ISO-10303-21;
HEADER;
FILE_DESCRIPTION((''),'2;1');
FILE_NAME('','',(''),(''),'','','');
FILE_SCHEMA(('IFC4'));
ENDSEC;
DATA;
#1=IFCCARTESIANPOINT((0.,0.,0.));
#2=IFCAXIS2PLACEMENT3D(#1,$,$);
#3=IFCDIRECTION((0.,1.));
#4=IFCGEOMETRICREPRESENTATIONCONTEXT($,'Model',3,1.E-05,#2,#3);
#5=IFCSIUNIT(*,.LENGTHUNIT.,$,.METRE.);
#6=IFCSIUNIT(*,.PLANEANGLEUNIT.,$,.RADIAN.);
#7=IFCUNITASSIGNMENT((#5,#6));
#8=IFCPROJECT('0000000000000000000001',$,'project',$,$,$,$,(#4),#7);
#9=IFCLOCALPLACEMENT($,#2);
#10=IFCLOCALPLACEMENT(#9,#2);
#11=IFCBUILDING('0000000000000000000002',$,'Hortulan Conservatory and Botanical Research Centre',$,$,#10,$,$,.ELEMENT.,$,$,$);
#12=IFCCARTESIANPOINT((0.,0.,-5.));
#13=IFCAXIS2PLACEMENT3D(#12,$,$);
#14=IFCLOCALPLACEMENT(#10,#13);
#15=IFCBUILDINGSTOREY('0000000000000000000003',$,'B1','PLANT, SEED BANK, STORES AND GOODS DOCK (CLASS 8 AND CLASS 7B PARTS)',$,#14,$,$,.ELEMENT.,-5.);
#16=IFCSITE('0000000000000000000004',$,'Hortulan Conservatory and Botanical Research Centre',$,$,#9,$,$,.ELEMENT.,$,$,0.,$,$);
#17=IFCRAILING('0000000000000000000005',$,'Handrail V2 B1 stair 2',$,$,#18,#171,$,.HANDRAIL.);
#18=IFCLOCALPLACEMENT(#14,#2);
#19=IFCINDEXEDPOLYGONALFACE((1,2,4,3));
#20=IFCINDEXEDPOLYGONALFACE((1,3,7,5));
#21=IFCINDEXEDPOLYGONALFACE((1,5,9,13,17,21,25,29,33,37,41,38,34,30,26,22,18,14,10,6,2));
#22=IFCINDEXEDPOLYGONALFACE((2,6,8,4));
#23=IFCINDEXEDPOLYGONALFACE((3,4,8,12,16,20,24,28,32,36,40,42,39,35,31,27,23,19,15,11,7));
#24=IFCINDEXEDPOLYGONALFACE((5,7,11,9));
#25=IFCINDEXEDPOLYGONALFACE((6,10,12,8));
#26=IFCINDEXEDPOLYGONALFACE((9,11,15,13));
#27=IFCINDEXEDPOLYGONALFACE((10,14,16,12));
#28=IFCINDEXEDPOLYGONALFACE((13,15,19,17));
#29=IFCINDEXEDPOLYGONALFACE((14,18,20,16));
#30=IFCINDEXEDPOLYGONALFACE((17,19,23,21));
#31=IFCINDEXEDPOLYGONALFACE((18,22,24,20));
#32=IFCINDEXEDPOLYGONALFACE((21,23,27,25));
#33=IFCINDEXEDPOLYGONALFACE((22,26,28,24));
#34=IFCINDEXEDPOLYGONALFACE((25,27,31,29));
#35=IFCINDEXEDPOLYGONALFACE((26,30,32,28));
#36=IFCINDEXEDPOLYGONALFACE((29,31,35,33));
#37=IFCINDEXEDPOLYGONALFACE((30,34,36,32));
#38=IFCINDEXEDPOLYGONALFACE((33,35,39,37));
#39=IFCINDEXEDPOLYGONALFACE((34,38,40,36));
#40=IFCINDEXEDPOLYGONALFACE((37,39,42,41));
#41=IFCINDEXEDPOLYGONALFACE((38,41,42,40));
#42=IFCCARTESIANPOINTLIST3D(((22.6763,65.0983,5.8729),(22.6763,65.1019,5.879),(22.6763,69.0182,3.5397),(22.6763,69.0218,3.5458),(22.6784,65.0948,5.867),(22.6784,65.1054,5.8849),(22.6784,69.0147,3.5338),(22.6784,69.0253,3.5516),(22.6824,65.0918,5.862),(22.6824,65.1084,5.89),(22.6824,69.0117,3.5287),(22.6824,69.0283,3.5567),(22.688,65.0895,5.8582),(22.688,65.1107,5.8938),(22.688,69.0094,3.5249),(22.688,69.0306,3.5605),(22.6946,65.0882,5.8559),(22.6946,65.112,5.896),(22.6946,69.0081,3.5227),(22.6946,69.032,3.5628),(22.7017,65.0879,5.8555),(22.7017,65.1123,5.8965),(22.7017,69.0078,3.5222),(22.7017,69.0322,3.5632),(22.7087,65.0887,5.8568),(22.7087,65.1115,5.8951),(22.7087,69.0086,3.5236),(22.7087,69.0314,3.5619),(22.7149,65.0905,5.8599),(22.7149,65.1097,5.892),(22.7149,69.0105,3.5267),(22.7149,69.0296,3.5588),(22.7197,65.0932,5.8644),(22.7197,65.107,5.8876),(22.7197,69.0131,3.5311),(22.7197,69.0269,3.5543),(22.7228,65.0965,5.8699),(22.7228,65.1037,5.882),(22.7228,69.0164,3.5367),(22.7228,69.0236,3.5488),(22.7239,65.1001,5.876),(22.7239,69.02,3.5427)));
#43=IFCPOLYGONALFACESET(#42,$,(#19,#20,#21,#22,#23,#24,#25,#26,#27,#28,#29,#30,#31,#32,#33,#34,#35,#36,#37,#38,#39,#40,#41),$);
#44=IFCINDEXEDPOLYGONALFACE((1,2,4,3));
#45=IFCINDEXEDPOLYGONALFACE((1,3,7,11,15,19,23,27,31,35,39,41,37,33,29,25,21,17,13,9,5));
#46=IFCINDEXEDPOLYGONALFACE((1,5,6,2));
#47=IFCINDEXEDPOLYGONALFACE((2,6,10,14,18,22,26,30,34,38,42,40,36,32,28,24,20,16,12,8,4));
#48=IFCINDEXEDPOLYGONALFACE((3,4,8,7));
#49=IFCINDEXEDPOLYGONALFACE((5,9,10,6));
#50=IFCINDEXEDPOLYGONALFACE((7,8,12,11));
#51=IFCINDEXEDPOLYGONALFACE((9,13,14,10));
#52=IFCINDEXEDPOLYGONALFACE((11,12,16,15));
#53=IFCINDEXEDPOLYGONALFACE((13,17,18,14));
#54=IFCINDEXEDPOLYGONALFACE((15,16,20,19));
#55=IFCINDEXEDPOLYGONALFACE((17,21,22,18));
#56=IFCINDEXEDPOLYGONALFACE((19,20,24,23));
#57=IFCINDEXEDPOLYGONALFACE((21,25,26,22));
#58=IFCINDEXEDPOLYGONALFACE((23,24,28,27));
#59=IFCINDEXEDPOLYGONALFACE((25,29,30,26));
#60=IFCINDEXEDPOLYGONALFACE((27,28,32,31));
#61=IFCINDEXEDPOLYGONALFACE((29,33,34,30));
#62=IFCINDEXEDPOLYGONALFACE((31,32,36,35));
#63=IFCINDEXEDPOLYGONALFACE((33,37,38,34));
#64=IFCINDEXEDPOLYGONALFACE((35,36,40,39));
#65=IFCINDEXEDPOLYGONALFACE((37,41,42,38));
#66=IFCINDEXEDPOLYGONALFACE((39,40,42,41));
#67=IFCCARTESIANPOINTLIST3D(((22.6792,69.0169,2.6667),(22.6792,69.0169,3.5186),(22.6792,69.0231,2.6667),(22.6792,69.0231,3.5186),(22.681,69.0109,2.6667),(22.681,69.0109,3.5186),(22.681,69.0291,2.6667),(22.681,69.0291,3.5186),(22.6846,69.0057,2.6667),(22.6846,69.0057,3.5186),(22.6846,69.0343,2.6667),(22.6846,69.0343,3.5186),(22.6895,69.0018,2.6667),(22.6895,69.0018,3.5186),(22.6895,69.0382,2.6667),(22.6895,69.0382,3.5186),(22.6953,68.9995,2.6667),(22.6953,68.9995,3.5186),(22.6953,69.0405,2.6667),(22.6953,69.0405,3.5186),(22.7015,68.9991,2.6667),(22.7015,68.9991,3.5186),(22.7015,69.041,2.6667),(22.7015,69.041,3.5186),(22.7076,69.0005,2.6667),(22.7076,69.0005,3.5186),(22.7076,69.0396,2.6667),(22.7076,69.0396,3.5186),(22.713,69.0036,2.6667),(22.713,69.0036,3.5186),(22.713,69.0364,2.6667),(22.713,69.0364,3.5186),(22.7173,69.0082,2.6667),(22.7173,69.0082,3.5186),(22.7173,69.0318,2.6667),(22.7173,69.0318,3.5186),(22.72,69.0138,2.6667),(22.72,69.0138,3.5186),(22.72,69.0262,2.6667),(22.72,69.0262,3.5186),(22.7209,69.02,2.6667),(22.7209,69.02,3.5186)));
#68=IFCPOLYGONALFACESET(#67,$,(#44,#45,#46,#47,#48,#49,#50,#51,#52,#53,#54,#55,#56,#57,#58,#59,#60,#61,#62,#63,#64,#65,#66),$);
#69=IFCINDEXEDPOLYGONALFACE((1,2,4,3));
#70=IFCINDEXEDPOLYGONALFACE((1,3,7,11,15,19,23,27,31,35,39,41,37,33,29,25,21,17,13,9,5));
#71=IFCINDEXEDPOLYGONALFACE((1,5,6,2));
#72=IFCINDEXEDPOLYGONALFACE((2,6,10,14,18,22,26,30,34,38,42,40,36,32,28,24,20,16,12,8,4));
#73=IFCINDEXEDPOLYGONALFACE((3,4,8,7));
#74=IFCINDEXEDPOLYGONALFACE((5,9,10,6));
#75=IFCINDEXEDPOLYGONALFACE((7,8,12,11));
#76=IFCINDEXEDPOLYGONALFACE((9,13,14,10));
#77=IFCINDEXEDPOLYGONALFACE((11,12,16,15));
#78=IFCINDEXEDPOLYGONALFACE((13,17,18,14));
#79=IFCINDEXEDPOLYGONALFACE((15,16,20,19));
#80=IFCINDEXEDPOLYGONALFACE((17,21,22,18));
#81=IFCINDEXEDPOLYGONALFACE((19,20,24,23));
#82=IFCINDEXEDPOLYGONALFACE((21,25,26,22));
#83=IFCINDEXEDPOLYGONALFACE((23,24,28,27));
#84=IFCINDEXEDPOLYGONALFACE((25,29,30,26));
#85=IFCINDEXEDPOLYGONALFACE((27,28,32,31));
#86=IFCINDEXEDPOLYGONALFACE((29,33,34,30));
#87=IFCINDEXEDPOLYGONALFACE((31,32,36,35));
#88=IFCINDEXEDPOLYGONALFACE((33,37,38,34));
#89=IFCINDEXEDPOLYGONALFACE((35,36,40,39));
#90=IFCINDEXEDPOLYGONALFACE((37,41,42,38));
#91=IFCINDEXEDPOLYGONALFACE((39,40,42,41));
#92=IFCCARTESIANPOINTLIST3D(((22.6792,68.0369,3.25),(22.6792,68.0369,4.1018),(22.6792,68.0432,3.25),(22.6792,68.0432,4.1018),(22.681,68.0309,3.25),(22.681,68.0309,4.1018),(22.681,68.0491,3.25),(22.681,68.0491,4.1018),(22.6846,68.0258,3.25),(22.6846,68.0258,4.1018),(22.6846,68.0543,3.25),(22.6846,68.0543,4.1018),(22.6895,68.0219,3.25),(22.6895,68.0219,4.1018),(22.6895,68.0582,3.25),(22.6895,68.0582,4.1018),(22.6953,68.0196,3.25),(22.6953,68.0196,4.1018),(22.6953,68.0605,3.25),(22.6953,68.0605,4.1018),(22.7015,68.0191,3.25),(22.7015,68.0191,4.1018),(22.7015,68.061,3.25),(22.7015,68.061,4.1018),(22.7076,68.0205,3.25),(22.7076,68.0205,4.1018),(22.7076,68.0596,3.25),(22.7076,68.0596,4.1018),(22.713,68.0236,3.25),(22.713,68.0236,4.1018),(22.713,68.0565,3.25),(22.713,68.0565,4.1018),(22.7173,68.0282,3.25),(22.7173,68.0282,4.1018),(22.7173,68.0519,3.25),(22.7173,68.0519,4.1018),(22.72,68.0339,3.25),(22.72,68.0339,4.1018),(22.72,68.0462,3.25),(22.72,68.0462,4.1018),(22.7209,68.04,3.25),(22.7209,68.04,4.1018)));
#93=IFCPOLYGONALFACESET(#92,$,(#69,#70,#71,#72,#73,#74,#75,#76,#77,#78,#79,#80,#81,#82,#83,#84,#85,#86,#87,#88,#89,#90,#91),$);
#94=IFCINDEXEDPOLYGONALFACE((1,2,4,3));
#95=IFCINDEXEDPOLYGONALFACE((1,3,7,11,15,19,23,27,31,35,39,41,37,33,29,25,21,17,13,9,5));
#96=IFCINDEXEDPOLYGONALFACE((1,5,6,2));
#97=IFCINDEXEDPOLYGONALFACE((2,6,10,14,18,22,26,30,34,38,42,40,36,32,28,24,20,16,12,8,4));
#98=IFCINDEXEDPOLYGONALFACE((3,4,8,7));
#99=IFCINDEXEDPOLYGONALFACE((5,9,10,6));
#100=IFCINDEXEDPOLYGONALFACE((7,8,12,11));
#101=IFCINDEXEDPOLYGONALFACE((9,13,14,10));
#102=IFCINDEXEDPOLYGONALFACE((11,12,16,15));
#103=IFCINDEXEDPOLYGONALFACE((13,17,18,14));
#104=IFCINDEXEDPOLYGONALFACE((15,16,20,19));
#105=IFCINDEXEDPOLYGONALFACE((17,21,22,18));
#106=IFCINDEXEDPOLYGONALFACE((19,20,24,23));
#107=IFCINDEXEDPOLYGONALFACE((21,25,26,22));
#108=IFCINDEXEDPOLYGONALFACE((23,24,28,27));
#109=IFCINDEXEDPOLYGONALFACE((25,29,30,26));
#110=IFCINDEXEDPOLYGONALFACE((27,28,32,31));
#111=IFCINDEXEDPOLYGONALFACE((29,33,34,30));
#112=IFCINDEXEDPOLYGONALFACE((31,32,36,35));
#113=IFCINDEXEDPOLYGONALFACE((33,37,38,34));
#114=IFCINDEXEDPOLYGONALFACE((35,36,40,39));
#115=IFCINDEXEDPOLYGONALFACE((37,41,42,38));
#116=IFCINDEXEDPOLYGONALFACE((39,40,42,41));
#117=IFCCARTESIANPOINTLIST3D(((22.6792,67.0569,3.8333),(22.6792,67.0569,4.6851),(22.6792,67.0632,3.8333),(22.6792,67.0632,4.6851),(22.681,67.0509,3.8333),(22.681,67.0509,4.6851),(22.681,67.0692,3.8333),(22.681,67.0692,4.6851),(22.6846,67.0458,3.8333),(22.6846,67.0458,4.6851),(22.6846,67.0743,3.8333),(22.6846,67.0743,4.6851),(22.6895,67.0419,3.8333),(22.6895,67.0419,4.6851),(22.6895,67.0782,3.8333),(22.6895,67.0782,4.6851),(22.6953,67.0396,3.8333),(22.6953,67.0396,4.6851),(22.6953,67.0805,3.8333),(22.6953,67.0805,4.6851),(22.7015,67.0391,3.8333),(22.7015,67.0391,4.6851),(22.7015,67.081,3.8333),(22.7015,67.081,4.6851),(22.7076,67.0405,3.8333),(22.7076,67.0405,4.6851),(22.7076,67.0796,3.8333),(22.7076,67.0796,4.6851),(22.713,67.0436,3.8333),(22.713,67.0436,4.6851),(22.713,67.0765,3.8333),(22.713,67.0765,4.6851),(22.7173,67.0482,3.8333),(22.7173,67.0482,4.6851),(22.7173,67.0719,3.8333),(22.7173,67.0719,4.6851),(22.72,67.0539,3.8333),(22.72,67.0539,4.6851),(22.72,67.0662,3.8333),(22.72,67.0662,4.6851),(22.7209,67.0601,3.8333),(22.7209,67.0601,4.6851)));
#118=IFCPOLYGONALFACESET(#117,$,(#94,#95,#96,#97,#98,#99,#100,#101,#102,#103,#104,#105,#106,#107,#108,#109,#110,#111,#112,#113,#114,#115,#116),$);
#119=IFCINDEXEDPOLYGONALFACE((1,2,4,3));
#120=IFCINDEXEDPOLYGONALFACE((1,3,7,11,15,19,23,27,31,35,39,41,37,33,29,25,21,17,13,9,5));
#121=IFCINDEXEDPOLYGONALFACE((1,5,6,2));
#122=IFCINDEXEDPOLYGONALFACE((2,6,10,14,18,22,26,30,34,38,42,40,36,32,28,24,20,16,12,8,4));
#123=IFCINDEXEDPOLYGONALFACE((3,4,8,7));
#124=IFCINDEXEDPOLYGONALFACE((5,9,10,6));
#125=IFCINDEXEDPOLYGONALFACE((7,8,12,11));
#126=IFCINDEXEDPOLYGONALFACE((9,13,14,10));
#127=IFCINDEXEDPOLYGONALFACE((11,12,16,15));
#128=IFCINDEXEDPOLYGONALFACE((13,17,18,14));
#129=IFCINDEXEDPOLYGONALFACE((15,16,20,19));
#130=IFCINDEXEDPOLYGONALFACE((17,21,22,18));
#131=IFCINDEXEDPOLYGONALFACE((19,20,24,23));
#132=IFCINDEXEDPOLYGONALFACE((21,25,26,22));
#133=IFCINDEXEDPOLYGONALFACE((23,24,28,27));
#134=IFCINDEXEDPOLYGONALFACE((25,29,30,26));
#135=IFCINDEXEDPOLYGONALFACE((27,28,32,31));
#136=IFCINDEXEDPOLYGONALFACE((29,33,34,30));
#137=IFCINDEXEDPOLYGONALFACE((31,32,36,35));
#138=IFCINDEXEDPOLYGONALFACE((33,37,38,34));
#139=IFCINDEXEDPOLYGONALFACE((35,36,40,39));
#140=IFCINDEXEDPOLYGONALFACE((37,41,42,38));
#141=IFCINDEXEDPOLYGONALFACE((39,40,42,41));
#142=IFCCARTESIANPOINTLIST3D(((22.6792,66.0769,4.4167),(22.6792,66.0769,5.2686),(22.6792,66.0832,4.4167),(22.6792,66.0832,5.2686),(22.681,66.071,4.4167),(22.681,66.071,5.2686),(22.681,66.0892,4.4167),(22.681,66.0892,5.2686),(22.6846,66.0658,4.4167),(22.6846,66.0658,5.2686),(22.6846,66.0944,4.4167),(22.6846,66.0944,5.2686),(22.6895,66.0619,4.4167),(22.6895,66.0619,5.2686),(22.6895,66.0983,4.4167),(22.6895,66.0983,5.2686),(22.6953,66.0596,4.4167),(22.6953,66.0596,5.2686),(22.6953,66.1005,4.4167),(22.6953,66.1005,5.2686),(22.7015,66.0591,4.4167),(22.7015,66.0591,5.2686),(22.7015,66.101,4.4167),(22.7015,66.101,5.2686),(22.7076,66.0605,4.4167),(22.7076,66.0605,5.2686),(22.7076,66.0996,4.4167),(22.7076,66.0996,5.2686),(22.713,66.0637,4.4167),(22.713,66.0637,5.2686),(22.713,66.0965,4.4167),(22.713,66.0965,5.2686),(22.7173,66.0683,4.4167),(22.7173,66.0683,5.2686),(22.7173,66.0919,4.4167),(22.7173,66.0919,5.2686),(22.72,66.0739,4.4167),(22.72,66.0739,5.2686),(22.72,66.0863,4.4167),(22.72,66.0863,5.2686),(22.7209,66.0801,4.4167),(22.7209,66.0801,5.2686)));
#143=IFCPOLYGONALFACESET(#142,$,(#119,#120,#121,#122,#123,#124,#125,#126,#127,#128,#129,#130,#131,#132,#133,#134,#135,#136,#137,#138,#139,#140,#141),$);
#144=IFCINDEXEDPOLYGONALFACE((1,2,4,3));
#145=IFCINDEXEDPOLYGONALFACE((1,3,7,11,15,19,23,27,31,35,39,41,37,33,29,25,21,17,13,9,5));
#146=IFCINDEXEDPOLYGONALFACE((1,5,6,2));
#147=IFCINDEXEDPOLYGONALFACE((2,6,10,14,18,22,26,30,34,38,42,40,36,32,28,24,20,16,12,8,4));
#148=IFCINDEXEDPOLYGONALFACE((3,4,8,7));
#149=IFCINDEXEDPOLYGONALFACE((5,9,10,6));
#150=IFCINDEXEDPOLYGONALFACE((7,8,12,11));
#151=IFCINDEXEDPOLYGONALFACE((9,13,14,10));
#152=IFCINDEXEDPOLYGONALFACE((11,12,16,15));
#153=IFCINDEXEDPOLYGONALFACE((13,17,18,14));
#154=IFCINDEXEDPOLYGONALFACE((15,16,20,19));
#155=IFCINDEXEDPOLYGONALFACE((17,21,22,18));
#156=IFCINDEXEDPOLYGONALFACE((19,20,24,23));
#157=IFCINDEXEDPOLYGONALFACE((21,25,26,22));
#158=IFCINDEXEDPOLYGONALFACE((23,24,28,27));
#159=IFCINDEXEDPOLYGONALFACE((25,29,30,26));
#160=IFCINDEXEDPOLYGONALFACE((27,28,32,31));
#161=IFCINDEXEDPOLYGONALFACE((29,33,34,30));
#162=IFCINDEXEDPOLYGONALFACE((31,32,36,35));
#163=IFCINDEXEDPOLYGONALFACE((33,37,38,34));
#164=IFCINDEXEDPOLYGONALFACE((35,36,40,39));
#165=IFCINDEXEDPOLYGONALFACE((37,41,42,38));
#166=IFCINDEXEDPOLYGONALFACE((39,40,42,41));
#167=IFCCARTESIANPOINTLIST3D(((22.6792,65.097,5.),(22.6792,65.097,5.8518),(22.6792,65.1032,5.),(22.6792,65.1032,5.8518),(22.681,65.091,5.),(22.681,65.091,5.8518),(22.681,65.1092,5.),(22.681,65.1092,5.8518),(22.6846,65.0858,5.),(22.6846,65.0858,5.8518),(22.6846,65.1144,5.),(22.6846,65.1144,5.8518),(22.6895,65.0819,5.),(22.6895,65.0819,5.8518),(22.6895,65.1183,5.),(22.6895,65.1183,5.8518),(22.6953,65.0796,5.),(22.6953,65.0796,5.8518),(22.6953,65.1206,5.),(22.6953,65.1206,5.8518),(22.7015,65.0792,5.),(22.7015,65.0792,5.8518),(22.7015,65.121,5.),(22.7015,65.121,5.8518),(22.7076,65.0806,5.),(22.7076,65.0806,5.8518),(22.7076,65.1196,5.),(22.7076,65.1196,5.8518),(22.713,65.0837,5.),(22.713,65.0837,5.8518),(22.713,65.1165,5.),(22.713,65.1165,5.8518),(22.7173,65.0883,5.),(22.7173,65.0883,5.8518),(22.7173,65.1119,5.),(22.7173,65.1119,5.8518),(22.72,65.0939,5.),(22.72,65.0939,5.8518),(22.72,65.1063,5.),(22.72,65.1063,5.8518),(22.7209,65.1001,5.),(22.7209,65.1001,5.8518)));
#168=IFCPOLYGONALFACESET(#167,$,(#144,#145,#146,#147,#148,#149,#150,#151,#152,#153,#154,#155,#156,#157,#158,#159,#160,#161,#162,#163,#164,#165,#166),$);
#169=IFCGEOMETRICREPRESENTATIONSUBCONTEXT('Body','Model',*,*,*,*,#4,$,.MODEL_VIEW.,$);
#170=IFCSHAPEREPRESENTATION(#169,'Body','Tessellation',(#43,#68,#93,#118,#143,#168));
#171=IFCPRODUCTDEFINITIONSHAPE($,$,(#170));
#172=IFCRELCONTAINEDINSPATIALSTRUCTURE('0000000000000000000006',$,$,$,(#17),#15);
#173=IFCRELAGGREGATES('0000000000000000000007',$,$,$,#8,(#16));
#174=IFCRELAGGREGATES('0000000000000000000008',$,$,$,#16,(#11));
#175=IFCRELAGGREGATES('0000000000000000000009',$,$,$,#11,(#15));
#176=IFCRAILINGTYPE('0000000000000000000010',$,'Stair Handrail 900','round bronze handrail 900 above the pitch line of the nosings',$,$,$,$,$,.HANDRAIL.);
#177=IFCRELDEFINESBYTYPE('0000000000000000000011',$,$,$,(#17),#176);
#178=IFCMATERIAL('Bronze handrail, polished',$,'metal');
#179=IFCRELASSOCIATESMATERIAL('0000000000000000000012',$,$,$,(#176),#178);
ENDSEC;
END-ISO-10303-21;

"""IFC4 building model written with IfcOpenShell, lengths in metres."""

from ifc_helpers import new_model, si_unit, direction, frame, origin, origin_2d, place, context, subcontext, project, spatial, circle, extrude, material, type_object, element, save


model = new_model("IFC4")

# Units and contexts
model_context = context("Model", 3, precision=1e-05, world=origin(), true_north=direction((0.0, 1.0)))
body_context = subcontext(model_context, "Body", "Model", "MODEL_VIEW")
ifc_project = project(units=[si_unit("LENGTHUNIT", "METRE"), si_unit("PLANEANGLEUNIT", "RADIAN")], contexts=[model_context])

# Site, building, storey
site_placement = place(None, origin())
site = spatial("IfcSite", under=ifc_project, at=site_placement, Name="Hortulan Conservatory and Botanical Research Centre", CompositionType="ELEMENT", RefElevation=0.0)
building_placement = place(site_placement, origin())
building = spatial("IfcBuilding", under=site, at=building_placement, Name="Hortulan Conservatory and Botanical Research Centre", CompositionType="ELEMENT")
storey_placement = place(building_placement, frame((0.0, 0.0, -5.0)))
storey = spatial("IfcBuildingStorey", under=building, at=storey_placement, Name="B1", Description="PLANT, SEED BANK, STORES AND GOODS DOCK (CLASS 8 AND CLASS 7B PARTS)", CompositionType="ELEMENT", Elevation=-5.0)

# Railing
ifc_material_1 = material(Name="Bronze handrail, polished", Category="metal")
railing_type_1 = type_object("IfcRailingType", Name="Stair Handrail 900", Description="round bronze handrail 900 above the pitch line of the nosings", PredefinedType="HANDRAIL", material=ifc_material_1)
for number, where, name in (
    (1, (22.7, 69.02, 2.6667), "Handrail V2 B1 stair 2"),
):
    element("IfcRailing", number, at=place(storey_placement, frame(where)), inside=storey, type_object=railing_type_1, Name=name, PredefinedType="HANDRAIL", context=body_context, shape_type="SweptSolid", body=[
        extrude(circle(Radius=0.0239, at=origin_2d()), frame((0.0, 0.0, 0.876), z_axis=(0.0, -0.859296, 0.511478), x_axis=(1.0, 0.0, 0.0)), (0.0, 0.0, 1.0), 4.5618),
        extrude(circle(Radius=0.021, at=origin_2d()), origin(), (0.0, 0.0, 1.0), 0.8518),
        extrude(circle(Radius=0.021, at=origin_2d()), frame((0.0, -0.98, 0.5833)), (0.0, 0.0, 1.0), 0.8518),
        extrude(circle(Radius=0.021, at=origin_2d()), frame((0.0, -1.96, 1.1665)), (0.0, 0.0, 1.0), 0.8518),
        extrude(circle(Radius=0.021, at=origin_2d()), frame((0.0, -2.9399, 1.75)), (0.0, 0.0, 1.0), 0.8518),
        extrude(circle(Radius=0.021, at=origin_2d()), frame((0.0, -3.9199, 2.3333)), (0.0, 0.0, 1.0), 0.8518),
    ])

save(model, "model.ifc")
